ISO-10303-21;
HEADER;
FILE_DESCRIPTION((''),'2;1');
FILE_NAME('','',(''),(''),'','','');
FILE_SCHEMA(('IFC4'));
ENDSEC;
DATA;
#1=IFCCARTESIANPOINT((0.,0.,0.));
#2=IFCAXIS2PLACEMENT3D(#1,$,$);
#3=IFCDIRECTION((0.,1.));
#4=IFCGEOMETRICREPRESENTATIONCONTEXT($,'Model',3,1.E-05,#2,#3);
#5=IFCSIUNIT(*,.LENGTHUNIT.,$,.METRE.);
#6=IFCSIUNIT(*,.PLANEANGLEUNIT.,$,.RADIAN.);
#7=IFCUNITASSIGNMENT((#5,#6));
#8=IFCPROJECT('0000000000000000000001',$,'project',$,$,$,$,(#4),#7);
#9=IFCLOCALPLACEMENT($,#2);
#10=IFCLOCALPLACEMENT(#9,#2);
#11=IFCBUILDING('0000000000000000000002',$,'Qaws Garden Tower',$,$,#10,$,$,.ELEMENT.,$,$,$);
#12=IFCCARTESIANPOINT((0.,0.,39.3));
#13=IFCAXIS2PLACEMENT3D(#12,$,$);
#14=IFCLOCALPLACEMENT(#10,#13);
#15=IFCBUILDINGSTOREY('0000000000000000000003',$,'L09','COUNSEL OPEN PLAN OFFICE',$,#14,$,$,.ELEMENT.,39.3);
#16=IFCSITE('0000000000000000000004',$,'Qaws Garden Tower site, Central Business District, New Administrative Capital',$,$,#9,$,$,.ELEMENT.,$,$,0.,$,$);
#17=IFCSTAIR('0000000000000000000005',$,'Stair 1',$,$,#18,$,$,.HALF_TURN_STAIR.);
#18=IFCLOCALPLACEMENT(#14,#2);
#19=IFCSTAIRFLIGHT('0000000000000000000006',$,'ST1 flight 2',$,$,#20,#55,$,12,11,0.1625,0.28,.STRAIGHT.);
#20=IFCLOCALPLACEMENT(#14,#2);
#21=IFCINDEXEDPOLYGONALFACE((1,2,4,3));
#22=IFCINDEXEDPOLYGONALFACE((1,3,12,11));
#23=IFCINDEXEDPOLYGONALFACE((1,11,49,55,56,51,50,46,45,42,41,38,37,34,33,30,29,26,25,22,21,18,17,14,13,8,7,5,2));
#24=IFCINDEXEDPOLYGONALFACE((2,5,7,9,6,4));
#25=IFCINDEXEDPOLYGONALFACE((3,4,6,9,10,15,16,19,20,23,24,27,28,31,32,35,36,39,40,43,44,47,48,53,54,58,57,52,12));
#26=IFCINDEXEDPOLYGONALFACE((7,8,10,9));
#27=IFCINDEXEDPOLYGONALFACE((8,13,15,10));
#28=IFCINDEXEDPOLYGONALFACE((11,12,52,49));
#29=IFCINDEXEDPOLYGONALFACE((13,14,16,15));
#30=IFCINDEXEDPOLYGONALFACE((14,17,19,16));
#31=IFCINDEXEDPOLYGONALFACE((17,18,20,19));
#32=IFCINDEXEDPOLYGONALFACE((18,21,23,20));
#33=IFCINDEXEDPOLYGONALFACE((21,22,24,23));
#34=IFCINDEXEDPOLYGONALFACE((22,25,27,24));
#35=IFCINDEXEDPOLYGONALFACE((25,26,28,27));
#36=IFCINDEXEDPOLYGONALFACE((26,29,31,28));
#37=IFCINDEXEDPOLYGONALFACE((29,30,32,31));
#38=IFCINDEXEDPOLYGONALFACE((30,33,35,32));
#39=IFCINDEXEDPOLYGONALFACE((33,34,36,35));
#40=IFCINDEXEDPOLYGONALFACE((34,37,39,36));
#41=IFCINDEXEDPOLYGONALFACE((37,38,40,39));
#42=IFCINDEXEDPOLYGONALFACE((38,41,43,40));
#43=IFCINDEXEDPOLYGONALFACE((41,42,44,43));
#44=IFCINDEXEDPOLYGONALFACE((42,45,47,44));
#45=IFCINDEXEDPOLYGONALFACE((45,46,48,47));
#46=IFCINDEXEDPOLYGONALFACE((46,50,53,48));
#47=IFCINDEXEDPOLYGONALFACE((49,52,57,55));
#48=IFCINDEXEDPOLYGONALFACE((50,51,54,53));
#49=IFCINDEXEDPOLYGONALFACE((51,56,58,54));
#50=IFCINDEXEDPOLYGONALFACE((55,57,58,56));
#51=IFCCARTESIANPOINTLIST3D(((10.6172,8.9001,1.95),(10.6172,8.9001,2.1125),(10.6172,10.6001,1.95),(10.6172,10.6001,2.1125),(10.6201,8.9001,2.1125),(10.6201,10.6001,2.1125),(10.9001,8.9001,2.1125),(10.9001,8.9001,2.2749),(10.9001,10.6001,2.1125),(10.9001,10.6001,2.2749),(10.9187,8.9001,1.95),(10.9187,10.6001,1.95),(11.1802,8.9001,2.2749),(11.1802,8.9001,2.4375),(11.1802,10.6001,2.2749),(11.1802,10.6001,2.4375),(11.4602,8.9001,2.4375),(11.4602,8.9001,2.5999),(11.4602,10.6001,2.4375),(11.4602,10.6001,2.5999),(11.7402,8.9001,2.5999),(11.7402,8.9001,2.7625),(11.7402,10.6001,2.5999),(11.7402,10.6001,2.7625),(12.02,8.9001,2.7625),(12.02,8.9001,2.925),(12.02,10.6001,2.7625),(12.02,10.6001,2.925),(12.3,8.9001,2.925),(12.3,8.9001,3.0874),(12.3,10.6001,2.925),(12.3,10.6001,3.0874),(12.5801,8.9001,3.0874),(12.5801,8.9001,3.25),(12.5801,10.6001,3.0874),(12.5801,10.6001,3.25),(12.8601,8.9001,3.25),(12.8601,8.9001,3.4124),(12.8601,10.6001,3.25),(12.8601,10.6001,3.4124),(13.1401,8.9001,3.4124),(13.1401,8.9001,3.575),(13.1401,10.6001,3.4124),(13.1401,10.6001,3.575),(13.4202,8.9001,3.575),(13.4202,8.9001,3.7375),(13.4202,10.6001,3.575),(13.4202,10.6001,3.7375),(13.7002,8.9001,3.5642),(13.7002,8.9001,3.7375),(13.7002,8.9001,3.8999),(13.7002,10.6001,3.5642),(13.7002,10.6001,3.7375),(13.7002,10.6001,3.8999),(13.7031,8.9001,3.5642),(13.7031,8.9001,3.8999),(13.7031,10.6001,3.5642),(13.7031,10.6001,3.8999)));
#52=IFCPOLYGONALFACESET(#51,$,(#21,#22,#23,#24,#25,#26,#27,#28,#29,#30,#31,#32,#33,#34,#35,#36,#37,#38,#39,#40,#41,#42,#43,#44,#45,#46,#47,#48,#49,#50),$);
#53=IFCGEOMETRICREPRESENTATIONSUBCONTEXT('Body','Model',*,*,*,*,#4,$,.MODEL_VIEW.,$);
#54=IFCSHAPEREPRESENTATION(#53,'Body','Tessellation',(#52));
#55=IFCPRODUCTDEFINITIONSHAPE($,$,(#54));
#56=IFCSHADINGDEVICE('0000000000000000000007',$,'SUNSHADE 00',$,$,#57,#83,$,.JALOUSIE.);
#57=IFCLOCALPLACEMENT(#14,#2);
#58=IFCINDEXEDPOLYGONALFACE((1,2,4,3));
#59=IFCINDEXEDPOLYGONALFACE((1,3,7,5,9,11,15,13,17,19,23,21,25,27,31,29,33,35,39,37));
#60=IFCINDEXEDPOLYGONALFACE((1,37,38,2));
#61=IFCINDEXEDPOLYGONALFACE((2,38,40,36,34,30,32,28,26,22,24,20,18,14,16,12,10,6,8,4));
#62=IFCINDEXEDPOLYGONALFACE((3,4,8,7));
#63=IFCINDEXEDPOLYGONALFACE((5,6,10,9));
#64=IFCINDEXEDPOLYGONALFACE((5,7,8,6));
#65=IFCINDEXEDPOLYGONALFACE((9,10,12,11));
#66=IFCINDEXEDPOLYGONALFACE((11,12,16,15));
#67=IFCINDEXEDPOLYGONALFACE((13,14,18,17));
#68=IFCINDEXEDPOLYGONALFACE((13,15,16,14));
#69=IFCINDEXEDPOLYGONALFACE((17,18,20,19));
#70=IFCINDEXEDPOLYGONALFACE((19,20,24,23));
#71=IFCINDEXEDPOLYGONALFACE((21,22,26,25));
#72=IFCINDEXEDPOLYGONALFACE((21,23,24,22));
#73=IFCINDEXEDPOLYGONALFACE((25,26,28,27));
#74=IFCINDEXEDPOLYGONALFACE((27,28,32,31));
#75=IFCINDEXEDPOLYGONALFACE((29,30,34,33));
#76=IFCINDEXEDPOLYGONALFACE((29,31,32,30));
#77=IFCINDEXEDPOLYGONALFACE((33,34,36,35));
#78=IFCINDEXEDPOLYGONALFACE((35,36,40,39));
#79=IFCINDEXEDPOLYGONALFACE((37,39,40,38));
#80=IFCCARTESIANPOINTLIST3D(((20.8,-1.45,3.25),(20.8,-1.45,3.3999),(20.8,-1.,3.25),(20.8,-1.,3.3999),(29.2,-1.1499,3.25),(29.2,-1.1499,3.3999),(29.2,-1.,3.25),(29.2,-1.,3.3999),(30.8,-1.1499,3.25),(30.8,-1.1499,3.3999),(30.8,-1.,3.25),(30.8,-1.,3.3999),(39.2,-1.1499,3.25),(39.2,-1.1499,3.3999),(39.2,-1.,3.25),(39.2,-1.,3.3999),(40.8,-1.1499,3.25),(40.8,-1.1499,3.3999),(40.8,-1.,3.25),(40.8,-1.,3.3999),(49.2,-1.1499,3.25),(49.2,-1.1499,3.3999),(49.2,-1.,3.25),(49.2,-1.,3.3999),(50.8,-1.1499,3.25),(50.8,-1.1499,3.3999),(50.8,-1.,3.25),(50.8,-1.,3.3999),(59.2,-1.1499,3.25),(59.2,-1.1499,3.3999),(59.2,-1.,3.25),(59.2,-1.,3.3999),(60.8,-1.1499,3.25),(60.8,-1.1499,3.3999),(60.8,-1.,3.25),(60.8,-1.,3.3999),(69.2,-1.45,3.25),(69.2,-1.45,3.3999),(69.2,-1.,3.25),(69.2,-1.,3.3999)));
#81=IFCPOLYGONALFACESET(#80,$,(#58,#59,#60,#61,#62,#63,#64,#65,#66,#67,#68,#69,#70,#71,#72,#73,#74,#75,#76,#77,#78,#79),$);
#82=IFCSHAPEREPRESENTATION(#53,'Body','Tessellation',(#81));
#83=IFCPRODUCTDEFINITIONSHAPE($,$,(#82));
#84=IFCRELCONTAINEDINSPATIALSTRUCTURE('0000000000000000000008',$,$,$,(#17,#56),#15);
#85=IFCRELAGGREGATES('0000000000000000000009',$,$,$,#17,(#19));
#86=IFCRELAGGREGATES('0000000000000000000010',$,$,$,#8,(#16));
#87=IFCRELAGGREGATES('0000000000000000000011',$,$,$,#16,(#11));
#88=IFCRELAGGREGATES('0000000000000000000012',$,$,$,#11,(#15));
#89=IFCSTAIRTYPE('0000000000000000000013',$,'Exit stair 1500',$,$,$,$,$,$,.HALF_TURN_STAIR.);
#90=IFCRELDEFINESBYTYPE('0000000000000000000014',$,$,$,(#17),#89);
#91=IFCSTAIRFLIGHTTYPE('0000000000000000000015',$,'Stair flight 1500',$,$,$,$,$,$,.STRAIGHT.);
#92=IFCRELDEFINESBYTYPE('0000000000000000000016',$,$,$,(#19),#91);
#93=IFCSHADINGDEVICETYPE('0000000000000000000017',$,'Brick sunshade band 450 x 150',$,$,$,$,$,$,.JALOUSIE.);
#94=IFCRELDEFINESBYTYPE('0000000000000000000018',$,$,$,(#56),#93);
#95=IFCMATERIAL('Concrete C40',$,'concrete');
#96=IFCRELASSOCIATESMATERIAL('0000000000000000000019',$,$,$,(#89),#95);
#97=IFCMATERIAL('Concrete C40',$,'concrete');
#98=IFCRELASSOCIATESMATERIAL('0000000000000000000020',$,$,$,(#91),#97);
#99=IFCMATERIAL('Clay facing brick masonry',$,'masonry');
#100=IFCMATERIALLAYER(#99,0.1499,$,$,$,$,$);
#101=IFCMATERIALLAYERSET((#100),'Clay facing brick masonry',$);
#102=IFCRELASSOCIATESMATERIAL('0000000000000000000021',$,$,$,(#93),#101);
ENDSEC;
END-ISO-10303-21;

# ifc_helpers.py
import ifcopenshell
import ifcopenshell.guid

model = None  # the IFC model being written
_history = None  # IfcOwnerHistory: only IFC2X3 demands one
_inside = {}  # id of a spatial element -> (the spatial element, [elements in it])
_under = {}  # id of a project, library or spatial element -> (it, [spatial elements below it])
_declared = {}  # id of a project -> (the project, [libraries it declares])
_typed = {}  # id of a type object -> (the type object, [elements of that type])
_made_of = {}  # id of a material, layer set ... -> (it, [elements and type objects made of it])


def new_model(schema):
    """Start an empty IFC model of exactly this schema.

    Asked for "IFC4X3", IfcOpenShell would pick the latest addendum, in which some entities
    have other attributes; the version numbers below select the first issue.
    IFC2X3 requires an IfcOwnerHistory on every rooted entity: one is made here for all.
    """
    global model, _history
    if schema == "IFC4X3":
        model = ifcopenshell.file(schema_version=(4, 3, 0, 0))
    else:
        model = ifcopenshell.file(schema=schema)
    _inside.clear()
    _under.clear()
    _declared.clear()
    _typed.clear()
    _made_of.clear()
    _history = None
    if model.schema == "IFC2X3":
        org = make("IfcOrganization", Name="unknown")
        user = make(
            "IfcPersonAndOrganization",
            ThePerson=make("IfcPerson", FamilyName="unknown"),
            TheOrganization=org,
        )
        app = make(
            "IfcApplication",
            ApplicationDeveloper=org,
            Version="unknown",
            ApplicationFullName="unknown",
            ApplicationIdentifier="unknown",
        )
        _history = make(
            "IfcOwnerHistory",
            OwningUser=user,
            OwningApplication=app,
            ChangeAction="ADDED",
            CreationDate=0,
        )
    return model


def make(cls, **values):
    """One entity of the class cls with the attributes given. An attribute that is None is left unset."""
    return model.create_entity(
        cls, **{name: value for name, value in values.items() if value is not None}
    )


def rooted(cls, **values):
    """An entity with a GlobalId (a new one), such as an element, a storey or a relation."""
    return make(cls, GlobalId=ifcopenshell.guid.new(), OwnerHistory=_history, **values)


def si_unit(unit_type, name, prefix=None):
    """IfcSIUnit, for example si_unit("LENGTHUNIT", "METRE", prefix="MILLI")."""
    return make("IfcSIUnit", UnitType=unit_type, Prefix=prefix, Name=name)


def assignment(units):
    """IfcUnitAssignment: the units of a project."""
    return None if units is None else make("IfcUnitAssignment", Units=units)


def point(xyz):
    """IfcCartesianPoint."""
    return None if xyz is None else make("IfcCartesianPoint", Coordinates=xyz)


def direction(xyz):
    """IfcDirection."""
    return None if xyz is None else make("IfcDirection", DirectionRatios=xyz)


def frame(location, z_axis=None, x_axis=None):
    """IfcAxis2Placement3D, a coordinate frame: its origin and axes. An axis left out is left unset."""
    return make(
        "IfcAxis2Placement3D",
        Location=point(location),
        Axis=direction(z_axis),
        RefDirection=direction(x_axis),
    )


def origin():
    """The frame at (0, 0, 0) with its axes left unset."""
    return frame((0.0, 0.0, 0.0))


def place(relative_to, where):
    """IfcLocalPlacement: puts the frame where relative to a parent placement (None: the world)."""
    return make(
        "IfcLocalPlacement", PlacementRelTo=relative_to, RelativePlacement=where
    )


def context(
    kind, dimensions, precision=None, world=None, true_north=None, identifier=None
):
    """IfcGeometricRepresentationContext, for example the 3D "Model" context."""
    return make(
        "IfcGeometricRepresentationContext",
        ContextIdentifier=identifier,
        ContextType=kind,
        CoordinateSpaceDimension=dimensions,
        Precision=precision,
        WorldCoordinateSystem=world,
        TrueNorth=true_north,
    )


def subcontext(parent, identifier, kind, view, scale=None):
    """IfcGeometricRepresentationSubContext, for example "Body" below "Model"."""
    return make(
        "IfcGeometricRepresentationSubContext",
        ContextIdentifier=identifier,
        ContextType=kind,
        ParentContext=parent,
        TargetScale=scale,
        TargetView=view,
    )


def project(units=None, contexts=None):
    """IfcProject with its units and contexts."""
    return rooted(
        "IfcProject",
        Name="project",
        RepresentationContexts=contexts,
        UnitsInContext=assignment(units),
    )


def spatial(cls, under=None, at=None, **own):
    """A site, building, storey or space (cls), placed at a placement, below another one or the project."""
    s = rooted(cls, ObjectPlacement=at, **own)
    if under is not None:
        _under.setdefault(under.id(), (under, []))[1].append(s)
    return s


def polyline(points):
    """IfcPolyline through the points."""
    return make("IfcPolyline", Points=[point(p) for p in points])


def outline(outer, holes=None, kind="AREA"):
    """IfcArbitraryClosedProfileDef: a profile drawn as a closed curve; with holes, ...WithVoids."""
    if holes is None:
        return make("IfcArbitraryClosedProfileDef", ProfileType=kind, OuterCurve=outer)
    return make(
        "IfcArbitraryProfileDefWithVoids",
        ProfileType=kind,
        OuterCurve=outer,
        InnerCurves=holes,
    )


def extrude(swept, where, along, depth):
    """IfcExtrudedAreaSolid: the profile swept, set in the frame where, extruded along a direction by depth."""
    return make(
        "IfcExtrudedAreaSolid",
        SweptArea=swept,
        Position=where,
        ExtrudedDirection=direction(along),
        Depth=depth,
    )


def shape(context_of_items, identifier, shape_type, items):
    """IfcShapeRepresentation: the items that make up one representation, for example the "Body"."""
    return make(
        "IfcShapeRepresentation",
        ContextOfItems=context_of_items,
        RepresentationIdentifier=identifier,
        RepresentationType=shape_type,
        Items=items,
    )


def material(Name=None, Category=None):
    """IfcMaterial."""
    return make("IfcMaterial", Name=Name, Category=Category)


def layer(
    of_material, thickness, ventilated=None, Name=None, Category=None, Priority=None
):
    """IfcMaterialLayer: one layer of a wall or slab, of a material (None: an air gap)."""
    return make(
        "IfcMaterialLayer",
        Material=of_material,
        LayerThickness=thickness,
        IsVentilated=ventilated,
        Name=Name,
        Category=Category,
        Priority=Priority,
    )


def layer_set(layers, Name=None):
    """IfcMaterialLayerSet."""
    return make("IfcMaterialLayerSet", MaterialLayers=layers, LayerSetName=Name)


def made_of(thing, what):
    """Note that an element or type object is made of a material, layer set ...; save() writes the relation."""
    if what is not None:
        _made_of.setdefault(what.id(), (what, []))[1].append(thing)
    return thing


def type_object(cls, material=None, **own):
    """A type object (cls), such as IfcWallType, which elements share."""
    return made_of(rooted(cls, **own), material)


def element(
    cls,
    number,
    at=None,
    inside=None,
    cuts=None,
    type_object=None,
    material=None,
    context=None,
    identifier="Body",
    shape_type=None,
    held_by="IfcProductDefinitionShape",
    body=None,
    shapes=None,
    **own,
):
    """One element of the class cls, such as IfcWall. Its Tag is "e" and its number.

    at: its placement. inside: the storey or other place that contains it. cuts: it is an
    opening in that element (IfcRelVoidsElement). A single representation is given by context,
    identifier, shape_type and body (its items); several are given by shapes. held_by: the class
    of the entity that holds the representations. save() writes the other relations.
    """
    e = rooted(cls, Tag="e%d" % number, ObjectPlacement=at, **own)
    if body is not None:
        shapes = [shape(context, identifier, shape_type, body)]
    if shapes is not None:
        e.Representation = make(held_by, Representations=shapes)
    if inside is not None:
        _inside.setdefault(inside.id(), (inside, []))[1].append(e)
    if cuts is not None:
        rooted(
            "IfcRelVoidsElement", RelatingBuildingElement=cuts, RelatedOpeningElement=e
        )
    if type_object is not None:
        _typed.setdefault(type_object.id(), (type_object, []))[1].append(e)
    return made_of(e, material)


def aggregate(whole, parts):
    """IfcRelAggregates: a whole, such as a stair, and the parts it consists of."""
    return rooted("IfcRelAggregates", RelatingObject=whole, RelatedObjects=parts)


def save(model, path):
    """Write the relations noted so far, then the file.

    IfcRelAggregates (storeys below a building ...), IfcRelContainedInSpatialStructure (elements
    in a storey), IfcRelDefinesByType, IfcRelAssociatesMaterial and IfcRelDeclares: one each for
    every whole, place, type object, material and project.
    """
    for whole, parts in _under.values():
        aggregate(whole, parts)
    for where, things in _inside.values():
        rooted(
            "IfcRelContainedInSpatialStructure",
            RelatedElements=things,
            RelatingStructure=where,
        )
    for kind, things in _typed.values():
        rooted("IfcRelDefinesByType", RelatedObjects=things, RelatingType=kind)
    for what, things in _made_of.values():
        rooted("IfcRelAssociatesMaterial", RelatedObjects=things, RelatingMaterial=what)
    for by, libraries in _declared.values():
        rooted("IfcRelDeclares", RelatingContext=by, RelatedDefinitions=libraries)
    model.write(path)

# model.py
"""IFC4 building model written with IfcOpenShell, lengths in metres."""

from ifc_helpers import new_model, si_unit, direction, frame, origin, place, context, subcontext, project, spatial, polyline, outline, extrude, material, layer, layer_set, type_object, element, aggregate, save


model = new_model("IFC4")

# Units and contexts
model_context = context("Model", 3, precision=1e-05, world=origin(), true_north=direction((0.0, 1.0)))
body_context = subcontext(model_context, "Body", "Model", "MODEL_VIEW")
ifc_project = project(units=[si_unit("LENGTHUNIT", "METRE"), si_unit("PLANEANGLEUNIT", "RADIAN")], contexts=[model_context])

# Site, building, storey
site_placement = place(None, origin())
site = spatial("IfcSite", under=ifc_project, at=site_placement, Name="Qaws Garden Tower site, Central Business District, New Administrative Capital", CompositionType="ELEMENT", RefElevation=0.0)
building_placement = place(site_placement, origin())
building = spatial("IfcBuilding", under=site, at=building_placement, Name="Qaws Garden Tower", CompositionType="ELEMENT")
storey_placement = place(building_placement, frame((0.0, 0.0, 39.3)))
storey = spatial("IfcBuildingStorey", under=building, at=storey_placement, Name="L09", Description="COUNSEL OPEN PLAN OFFICE", CompositionType="ELEMENT", Elevation=39.3)

# Stair
ifc_material_1 = material(Name="Concrete C40", Category="concrete")
stair_type_1 = type_object("IfcStairType", Name="Exit stair 1500", PredefinedType="HALF_TURN_STAIR", material=ifc_material_1)
placement_1 = place(storey_placement, origin())
stair_1 = element("IfcStair", 1, at=placement_1, inside=storey, type_object=stair_type_1, Name="Stair 1", PredefinedType="HALF_TURN_STAIR")

# Stair flight
ifc_material_2 = material(Name="Concrete C40", Category="concrete")
stair_flight_type = type_object("IfcStairFlightType", Name="Stair flight 1500", PredefinedType="STRAIGHT", material=ifc_material_2)
stair_flight_placement = place(storey_placement, frame((10.6201, 9.75, 1.95), z_axis=(0.0, 0.0, 1.0), x_axis=(1.0, 0.0, 0.0)))
stair_flight = element("IfcStairFlight", 2, at=stair_flight_placement, type_object=stair_flight_type, Name="ST1 flight 2", NumberOfRisers=12, NumberOfTreads=11, PredefinedType="STRAIGHT", RiserHeight=0.1625, TreadLength=0.28, context=body_context, shape_type="SweptSolid", body=[
    extrude(outline(polyline([(-0.0029, 0.0), (-0.0029, 0.1626), (0.0, 0.1626), (0.28, 0.1626), (0.28, 0.325), (0.5601, 0.325), (0.5601, 0.4875), (0.8401, 0.4875), (0.8401, 0.6499), (1.1201, 0.6499), (1.1201, 0.8125), (1.3999, 0.8125), (1.3999, 0.9751), (1.6799, 0.9751), (1.6799, 1.1375), (1.96, 1.1375), (1.96, 1.3), (2.24, 1.3), (2.24, 1.4624), (2.52, 1.4624), (2.52, 1.625), (2.8, 1.625), (2.8, 1.7876), (3.0801, 1.7876), (3.0801, 1.95), (3.083, 1.95), (3.083, 1.6143), (3.0801, 1.6143), (0.2986, 0.0), (-0.0029, 0.0)])), frame((0.0, 0.8501, 0.0), z_axis=(0.0, -1.0, 0.0), x_axis=(1.0, 0.0, 0.0)), (0.0, 0.0, 1.0), 1.7),
])
aggregate(stair_1, [stair_flight])

# Shading device
ifc_material_3 = material(Name="Clay facing brick masonry", Category="masonry")
ifc_layer_1 = layer(ifc_material_3, 0.1499)
ifc_layer_set_1 = layer_set([ifc_layer_1], Name="Clay facing brick masonry")
shading_device_type = type_object("IfcShadingDeviceType", Name="Brick sunshade band 450 x 150", PredefinedType="JALOUSIE", material=ifc_layer_set_1)
shading_device_placement = place(storey_placement, frame((0.0, 0.0, 3.25)))
element("IfcShadingDevice", 3, at=shading_device_placement, inside=storey, type_object=shading_device_type, Name="SUNSHADE 00", PredefinedType="JALOUSIE", context=body_context, shape_type="SweptSolid", body=[
    extrude(outline(polyline([(20.8, -1.0), (20.8, -1.45), (69.2, -1.45), (69.2, -1.0), (60.8, -1.0), (60.8, -1.1499), (59.2, -1.1499), (59.2, -1.0), (50.8, -1.0), (50.8, -1.1499), (49.2, -1.1499), (49.2, -1.0), (40.8, -1.0), (40.8, -1.1499), (39.2, -1.1499), (39.2, -1.0), (30.8, -1.0), (30.8, -1.1499), (29.2, -1.1499), (29.2, -1.0), (20.8, -1.0)])), origin(), (0.0, 0.0, 1.0), 0.1499),
])

save(model, "model.ifc")
